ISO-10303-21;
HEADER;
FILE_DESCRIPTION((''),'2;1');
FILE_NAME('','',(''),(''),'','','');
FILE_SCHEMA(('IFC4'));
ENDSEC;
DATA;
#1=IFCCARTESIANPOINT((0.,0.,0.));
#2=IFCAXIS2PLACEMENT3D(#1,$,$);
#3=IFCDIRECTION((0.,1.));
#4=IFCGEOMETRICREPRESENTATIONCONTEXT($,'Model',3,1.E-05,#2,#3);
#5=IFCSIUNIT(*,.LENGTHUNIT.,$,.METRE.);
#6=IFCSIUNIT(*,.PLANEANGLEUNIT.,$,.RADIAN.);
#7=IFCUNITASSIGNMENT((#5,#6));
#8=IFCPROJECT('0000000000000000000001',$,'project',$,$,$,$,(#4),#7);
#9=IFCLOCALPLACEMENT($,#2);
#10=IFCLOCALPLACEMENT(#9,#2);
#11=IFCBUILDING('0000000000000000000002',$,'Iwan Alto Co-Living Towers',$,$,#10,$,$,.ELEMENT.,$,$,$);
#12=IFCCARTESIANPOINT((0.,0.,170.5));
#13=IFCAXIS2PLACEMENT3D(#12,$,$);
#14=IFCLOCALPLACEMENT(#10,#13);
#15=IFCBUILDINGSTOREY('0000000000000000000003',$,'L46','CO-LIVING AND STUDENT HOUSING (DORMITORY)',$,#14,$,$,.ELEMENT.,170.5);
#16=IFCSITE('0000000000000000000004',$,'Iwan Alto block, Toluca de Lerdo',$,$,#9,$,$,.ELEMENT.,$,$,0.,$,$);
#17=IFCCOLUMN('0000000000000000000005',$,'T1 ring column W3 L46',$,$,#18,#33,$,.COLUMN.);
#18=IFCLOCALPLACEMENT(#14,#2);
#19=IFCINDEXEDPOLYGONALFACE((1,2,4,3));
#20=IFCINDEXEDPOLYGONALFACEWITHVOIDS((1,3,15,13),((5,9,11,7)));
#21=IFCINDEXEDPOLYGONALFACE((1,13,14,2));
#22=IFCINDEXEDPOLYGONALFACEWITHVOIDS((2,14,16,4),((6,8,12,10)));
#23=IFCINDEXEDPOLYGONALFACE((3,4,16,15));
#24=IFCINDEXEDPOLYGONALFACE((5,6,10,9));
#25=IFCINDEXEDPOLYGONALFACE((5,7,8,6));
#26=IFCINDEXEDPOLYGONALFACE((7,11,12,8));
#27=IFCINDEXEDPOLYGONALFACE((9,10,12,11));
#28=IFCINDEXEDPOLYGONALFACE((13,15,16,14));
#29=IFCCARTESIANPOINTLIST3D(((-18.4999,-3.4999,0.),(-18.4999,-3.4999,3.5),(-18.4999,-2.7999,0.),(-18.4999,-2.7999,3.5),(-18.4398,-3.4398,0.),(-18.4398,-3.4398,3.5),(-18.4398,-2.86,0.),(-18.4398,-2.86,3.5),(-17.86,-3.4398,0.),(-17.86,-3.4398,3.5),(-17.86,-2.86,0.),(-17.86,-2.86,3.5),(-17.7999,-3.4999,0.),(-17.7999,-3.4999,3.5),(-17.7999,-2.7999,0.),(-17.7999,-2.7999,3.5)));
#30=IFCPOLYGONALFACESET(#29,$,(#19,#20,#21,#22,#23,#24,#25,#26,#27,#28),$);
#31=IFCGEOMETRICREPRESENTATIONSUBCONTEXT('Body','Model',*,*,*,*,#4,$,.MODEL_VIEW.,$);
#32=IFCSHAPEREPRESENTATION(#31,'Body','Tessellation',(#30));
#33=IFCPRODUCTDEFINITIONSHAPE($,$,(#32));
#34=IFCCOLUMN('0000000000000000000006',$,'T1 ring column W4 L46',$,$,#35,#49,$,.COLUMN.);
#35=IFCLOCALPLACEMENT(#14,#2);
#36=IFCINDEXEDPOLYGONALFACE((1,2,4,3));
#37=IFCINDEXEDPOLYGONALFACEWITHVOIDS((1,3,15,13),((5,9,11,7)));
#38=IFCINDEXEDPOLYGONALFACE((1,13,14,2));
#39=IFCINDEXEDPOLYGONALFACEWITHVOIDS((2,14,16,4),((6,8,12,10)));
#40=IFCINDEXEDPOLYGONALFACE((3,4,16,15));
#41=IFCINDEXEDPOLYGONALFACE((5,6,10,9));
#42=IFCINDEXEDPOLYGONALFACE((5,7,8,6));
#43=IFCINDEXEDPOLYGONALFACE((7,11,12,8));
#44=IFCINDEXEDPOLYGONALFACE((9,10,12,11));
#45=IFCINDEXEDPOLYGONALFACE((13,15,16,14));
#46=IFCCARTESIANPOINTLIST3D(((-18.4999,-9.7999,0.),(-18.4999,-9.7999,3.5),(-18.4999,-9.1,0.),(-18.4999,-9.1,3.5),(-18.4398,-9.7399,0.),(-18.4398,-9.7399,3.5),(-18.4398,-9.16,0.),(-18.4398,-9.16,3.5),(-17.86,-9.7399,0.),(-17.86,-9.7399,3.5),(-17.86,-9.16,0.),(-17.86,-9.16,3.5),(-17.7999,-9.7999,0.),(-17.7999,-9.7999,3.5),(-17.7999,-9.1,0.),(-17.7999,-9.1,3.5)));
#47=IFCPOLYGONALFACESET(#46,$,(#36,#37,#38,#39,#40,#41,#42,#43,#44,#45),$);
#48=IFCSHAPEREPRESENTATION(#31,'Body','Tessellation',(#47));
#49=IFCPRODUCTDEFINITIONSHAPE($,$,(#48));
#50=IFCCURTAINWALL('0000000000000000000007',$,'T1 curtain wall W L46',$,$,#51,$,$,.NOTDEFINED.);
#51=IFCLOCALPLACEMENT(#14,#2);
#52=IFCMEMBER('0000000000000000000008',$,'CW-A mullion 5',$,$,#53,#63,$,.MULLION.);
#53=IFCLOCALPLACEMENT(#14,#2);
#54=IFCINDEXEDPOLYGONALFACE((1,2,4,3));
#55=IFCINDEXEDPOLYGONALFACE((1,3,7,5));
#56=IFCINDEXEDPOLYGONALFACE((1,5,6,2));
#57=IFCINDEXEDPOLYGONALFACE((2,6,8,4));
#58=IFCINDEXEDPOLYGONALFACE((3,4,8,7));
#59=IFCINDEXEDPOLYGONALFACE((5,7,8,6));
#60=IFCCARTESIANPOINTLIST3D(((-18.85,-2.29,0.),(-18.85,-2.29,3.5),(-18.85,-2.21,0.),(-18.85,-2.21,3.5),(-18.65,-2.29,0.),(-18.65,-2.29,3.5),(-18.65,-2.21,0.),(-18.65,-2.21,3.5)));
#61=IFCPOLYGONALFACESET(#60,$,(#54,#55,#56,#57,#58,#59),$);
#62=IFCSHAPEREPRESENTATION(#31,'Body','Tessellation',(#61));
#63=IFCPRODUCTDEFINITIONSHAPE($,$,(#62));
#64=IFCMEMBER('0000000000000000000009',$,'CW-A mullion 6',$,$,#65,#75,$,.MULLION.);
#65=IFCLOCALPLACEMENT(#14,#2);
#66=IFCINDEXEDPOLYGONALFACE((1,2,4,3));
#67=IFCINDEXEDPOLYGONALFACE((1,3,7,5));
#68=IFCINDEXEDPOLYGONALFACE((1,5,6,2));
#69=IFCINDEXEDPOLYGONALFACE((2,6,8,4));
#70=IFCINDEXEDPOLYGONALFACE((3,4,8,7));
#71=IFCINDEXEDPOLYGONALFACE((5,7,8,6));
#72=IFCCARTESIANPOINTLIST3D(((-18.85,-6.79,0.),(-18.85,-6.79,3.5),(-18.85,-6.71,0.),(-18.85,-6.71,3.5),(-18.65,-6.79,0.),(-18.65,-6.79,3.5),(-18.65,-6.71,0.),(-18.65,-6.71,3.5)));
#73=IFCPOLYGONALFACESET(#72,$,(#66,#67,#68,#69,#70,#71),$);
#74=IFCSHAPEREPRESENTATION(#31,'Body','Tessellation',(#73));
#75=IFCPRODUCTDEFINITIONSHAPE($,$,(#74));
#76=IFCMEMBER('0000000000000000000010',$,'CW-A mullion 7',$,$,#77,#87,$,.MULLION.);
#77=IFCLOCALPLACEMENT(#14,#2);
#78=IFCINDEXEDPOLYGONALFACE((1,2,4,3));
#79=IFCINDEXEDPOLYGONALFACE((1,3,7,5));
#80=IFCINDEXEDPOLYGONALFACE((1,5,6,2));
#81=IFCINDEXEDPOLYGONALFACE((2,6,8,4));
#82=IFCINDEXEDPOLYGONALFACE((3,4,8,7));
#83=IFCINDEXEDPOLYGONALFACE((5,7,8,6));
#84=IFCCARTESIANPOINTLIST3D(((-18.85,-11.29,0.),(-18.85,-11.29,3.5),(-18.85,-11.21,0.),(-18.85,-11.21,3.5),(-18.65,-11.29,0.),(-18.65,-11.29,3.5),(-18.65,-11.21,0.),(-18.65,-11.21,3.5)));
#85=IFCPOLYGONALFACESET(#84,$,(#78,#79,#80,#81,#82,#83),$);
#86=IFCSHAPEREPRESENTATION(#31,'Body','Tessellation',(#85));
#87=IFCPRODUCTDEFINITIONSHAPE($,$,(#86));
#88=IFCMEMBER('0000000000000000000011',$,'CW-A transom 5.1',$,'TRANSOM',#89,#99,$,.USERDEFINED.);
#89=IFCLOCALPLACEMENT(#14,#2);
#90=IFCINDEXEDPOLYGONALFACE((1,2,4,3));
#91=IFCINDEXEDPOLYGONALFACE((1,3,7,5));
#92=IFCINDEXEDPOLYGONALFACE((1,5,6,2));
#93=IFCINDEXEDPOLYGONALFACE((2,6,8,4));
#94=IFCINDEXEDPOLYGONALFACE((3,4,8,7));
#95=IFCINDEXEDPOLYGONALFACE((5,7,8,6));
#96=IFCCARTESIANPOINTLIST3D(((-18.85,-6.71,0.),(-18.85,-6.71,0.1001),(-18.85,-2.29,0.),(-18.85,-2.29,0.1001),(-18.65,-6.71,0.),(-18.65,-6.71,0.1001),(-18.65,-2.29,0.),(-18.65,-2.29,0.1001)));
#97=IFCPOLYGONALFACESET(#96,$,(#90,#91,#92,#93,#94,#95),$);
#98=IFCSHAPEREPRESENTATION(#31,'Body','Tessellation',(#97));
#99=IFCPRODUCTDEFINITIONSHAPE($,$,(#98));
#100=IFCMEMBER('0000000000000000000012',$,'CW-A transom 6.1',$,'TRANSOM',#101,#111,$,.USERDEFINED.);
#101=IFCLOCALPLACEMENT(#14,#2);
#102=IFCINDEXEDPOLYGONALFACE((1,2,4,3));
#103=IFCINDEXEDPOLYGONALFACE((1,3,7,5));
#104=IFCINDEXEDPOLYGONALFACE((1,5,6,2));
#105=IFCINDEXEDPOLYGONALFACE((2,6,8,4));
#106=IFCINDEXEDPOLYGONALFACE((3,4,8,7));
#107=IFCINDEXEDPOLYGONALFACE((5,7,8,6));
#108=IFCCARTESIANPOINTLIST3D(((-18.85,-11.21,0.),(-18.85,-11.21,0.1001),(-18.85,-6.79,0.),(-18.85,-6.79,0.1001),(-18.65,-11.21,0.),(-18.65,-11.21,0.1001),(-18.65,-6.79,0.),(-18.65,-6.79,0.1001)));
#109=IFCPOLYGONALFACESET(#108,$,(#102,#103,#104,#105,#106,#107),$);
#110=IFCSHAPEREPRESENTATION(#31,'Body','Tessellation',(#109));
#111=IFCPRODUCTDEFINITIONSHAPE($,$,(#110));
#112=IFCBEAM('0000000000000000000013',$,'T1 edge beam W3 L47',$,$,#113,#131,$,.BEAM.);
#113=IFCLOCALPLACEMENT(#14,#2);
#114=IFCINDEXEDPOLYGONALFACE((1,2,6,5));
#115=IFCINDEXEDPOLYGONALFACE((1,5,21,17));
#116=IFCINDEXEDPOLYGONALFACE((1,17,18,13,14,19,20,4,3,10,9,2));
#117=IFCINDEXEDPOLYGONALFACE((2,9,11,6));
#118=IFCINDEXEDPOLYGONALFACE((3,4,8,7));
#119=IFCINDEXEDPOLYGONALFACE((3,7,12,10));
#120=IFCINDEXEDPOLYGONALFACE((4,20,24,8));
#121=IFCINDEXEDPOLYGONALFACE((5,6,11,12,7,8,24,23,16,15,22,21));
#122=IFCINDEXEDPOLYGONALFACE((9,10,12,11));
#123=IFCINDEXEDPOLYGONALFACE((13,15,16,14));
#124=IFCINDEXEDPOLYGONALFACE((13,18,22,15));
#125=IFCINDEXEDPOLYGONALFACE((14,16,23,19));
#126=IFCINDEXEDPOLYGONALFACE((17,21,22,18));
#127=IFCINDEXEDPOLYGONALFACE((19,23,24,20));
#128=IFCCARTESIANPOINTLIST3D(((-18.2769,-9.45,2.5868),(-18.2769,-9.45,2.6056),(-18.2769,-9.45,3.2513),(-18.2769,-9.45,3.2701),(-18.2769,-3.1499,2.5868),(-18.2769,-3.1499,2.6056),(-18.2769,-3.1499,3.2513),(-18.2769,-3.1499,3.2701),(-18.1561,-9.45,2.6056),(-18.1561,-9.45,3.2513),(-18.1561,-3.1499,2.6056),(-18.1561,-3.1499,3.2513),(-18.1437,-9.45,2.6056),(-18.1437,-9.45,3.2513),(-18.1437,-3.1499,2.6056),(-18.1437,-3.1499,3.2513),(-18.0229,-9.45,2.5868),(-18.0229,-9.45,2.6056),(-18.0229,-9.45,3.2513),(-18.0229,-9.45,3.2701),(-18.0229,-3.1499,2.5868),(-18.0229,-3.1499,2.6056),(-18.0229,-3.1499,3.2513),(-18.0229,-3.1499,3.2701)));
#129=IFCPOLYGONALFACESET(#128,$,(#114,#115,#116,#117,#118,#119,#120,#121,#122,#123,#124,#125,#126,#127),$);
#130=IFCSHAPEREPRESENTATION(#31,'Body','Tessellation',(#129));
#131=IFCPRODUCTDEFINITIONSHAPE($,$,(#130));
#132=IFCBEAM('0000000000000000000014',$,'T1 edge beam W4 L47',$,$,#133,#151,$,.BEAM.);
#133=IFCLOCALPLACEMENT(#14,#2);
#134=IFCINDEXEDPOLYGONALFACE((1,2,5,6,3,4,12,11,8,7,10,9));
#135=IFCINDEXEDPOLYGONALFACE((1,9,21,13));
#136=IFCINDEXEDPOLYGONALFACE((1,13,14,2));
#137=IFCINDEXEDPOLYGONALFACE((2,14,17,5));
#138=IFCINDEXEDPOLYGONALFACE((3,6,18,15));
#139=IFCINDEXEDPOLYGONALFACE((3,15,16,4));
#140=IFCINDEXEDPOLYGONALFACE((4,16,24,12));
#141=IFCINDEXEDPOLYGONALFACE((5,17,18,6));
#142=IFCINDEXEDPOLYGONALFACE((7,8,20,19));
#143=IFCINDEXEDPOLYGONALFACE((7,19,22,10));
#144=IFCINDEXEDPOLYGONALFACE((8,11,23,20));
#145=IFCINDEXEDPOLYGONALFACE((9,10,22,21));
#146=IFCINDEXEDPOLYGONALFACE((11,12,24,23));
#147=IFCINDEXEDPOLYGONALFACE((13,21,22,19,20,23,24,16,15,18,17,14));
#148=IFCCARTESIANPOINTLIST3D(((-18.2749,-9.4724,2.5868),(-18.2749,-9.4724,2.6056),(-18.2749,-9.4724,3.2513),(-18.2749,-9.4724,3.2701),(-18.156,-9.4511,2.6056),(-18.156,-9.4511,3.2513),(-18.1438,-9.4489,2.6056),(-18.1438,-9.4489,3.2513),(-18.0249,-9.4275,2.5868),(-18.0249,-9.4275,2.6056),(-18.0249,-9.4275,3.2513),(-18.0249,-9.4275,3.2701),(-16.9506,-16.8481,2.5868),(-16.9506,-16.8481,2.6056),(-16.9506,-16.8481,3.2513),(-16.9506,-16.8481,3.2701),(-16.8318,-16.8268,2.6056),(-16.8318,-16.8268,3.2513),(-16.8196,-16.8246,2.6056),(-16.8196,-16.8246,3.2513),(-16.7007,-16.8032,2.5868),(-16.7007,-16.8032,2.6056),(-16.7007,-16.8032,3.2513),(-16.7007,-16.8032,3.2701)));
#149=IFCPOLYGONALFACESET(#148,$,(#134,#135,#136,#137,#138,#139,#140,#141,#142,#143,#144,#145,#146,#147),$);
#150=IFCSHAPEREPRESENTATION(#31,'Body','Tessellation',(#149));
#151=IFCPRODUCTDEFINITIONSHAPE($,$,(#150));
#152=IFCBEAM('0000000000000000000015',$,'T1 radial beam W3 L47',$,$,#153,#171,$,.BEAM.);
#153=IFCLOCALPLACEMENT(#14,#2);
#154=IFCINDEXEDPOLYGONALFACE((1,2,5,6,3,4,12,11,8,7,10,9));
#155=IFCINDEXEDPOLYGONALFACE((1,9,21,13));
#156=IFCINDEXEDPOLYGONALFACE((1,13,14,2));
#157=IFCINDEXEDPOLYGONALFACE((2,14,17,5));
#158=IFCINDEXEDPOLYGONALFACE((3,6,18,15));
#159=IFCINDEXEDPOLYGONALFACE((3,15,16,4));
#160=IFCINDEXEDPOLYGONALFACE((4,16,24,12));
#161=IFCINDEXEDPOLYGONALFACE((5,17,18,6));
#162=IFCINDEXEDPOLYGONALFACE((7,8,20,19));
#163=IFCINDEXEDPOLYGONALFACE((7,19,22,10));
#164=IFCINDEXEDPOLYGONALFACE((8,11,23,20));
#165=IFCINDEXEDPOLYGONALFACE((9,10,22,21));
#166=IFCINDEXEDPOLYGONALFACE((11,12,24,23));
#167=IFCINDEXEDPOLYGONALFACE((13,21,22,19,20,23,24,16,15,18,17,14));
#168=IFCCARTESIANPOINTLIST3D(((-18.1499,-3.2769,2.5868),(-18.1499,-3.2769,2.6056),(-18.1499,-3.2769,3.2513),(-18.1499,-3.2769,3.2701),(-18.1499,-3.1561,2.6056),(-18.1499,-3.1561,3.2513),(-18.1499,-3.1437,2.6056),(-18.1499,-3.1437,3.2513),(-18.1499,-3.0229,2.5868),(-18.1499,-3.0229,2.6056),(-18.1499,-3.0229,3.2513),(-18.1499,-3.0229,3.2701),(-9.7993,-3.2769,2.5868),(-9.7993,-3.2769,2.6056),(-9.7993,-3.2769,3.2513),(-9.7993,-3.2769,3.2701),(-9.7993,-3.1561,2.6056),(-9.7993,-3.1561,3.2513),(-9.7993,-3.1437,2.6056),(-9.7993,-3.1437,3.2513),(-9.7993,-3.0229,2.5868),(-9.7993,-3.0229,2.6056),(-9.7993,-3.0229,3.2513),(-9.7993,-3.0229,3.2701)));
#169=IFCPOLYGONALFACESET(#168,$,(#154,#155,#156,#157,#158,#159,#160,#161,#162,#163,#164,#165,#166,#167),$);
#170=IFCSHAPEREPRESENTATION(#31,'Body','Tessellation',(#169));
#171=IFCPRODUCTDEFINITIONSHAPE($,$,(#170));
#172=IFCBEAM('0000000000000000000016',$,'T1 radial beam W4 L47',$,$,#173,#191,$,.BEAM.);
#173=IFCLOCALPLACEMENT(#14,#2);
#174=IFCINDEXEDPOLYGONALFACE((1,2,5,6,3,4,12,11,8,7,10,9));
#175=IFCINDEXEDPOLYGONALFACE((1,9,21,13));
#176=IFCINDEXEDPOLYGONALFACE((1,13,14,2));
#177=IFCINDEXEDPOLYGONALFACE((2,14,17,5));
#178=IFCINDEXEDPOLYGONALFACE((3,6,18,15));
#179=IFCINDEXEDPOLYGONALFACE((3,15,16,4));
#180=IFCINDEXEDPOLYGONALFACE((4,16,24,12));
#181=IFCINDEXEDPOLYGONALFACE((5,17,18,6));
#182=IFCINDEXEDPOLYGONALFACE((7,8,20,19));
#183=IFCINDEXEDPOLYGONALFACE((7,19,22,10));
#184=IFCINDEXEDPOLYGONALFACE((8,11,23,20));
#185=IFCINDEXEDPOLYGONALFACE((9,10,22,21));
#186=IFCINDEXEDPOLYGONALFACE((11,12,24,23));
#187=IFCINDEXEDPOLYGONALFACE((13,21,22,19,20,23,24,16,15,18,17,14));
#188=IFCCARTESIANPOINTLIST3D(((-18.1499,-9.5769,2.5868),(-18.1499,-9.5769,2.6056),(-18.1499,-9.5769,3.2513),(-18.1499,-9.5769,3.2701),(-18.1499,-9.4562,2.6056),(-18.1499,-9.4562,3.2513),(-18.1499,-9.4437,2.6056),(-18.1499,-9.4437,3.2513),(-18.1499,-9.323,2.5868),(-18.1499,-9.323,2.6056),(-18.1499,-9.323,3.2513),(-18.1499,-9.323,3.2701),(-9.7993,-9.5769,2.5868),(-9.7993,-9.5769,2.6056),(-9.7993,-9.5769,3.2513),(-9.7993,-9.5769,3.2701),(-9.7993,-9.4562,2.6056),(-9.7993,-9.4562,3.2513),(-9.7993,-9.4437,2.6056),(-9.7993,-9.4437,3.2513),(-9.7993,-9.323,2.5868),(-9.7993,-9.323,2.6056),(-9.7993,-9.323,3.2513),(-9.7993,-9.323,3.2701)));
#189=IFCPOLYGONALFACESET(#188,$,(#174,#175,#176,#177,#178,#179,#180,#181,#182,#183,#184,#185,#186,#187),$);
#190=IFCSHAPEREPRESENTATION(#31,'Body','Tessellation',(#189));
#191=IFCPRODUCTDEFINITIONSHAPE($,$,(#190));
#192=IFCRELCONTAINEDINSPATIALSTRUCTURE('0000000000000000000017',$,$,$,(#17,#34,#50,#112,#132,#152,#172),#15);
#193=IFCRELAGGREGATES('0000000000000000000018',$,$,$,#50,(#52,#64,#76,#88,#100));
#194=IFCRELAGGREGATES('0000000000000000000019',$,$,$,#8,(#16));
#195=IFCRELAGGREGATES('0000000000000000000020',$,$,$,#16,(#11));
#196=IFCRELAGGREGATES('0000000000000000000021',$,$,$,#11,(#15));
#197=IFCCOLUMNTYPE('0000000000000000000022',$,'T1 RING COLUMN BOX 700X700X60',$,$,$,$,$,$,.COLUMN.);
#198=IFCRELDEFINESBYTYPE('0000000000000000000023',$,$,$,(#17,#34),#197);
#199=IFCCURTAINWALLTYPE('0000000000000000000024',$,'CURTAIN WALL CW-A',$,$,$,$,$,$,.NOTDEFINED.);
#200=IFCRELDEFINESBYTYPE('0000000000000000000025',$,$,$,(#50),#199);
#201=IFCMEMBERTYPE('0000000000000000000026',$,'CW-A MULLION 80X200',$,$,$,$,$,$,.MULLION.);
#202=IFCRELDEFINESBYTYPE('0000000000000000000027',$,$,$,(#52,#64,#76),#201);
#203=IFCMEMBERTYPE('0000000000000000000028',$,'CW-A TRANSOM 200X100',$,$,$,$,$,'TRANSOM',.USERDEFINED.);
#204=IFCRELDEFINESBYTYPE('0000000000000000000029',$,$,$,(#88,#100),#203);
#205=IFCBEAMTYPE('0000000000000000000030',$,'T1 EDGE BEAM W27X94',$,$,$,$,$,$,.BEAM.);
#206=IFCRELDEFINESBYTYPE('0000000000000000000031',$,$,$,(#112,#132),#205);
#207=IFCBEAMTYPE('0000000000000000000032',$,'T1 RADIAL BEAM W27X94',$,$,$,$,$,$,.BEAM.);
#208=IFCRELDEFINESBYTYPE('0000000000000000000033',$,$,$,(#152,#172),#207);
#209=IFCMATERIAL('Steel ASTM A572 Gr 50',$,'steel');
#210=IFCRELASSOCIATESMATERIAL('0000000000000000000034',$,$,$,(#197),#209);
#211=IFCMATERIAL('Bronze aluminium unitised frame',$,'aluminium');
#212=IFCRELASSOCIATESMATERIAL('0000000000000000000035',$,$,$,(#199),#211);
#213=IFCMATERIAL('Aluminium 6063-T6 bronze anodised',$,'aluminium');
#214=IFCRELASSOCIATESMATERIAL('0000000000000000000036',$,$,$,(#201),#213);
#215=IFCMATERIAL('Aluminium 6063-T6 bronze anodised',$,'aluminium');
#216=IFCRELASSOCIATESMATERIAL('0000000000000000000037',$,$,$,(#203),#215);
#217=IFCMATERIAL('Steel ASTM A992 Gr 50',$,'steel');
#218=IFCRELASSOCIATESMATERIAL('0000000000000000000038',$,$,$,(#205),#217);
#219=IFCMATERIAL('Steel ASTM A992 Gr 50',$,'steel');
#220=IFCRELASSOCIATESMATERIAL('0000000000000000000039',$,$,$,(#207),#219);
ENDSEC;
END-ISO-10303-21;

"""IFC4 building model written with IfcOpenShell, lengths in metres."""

from ifc_helpers import new_model, si_unit, direction, frame, origin, origin_2d, place, context, subcontext, project, spatial, rectangle, hollow_rectangle, i_section, extrude, material, material_profile, profile_set, type_object, element, aggregate, save


model = new_model("IFC4")

# Units and contexts
model_context = context("Model", 3, precision=1e-05, world=origin(), true_north=direction((0.0, 1.0)))
body_context = subcontext(model_context, "Body", "Model", "MODEL_VIEW")
ifc_project = project(units=[si_unit("LENGTHUNIT", "METRE"), si_unit("PLANEANGLEUNIT", "RADIAN")], contexts=[model_context])

# Site, building, storey
site_placement = place(None, origin())
site = spatial("IfcSite", under=ifc_project, at=site_placement, Name="Iwan Alto block, Toluca de Lerdo", CompositionType="ELEMENT", RefElevation=0.0)
building_placement = place(site_placement, origin())
building = spatial("IfcBuilding", under=site, at=building_placement, Name="Iwan Alto Co-Living Towers", CompositionType="ELEMENT")
storey_placement = place(building_placement, frame((0.0, 0.0, 170.5)))
storey = spatial("IfcBuildingStorey", under=building, at=storey_placement, Name="L46", Description="CO-LIVING AND STUDENT HOUSING (DORMITORY)", CompositionType="ELEMENT", Elevation=170.5)

# Columns
ifc_material_1 = material(Name="Steel ASTM A572 Gr 50", Category="steel")
ifc_material_profile_1 = material_profile(ifc_material_1, hollow_rectangle(XDim=0.7, YDim=0.7, WallThickness=0.0601, at=origin_2d()), Name="BOX 700X700X60")
ifc_profile_set_1 = profile_set([ifc_material_profile_1], Name="Steel ASTM A572 Gr 50")
column_type = type_object("IfcColumnType", Name="T1 RING COLUMN BOX 700X700X60", PredefinedType="COLUMN", material=ifc_profile_set_1)
for number, where, z_axis, x_axis, name in (
    (1, (-18.1499, -3.1499, 0.0), (0.0, 0.0, 1.0), (1.0, 0.0, 0.0), "T1 ring column W3 L46"),
    (2, (-18.1499, -9.45, 0.0), (0.0, 0.0, 1.0), (1.0, 0.0, 0.0), "T1 ring column W4 L46"),
):
    element("IfcColumn", number, at=place(storey_placement, frame(where, z_axis=z_axis, x_axis=x_axis)), inside=storey, type_object=column_type, Name=name, PredefinedType="COLUMN", context=body_context, shape_type="SweptSolid", body=[
        extrude(hollow_rectangle(XDim=0.7, YDim=0.7, WallThickness=0.0601, at=origin_2d()), origin(), (0.0, 0.0, 1.0), 3.5),
    ])

# Curtain wall, members
ifc_material_2 = material(Name="Bronze aluminium unitised frame", Category="aluminium")
curtain_wall_type = type_object("IfcCurtainWallType", Name="CURTAIN WALL CW-A", PredefinedType="NOTDEFINED", material=ifc_material_2)
curtain_wall_placement = place(storey_placement, origin())
curtain_wall = element("IfcCurtainWall", 3, at=curtain_wall_placement, inside=storey, type_object=curtain_wall_type, Name="T1 curtain wall W L46", PredefinedType="NOTDEFINED")
ifc_material_3 = material(Name="Aluminium 6063-T6 bronze anodised", Category="aluminium")
ifc_material_profile_2 = material_profile(ifc_material_3, rectangle(XDim=0.2, YDim=0.0801, at=origin_2d()), Name="AL 80X200")
ifc_profile_set_2 = profile_set([ifc_material_profile_2], Name="Aluminium 6063-T6 bronze anodised")
member_type_1 = type_object("IfcMemberType", Name="CW-A MULLION 80X200", PredefinedType="MULLION", material=ifc_profile_set_2)
member_1_placement = place(storey_placement, frame((-18.75, -2.25, 0.0), z_axis=(0.0, 0.0, 1.0), x_axis=(1.0, 0.0, 0.0)))
member_1 = element("IfcMember", 4, at=member_1_placement, type_object=member_type_1, Name="CW-A mullion 5", PredefinedType="MULLION", context=body_context, shape_type="SweptSolid", body=[
    extrude(rectangle(XDim=0.2, YDim=0.0801, at=origin_2d()), origin(), (0.0, 0.0, 1.0), 3.5),
])
member_2_placement = place(storey_placement, frame((-18.75, -6.75, 0.0), z_axis=(0.0, 0.0, 1.0), x_axis=(1.0, 0.0, 0.0)))
member_2 = element("IfcMember", 5, at=member_2_placement, type_object=member_type_1, Name="CW-A mullion 6", PredefinedType="MULLION", context=body_context, shape_type="SweptSolid", body=[
    extrude(rectangle(XDim=0.2, YDim=0.0801, at=origin_2d()), origin(), (0.0, 0.0, 1.0), 3.5),
])
member_3_placement = place(storey_placement, frame((-18.75, -11.25, 0.0), z_axis=(0.0, 0.0, 1.0), x_axis=(1.0, 0.0, 0.0)))
member_3 = element("IfcMember", 6, at=member_3_placement, type_object=member_type_1, Name="CW-A mullion 7", PredefinedType="MULLION", context=body_context, shape_type="SweptSolid", body=[
    extrude(rectangle(XDim=0.2, YDim=0.0801, at=origin_2d()), origin(), (0.0, 0.0, 1.0), 3.5),
])
ifc_material_4 = material(Name="Aluminium 6063-T6 bronze anodised", Category="aluminium")
ifc_material_profile_3 = material_profile(ifc_material_4, rectangle(XDim=0.2, YDim=0.1001, at=origin_2d()), Name="AL 200X100")
ifc_profile_set_3 = profile_set([ifc_material_profile_3], Name="Aluminium 6063-T6 bronze anodised")
member_type_2 = type_object("IfcMemberType", Name="CW-A TRANSOM 200X100", ElementType="TRANSOM", PredefinedType="USERDEFINED", material=ifc_profile_set_3)
member_4_placement = place(storey_placement, frame((-18.75, -2.29, 0.05), z_axis=(0.0, -1.0, 0.0), x_axis=(1.0, 0.0, 0.0)))
member_4 = element("IfcMember", 7, at=member_4_placement, type_object=member_type_2, Name="CW-A transom 5.1", ObjectType="TRANSOM", PredefinedType="USERDEFINED", context=body_context, shape_type="SweptSolid", body=[
    extrude(rectangle(XDim=0.2, YDim=0.1001, at=origin_2d()), origin(), (0.0, 0.0, 1.0), 4.4199),
])
member_5_placement = place(storey_placement, frame((-18.75, -6.79, 0.05), z_axis=(0.0, -1.0, 0.0), x_axis=(1.0, 0.0, 0.0)))
member_5 = element("IfcMember", 8, at=member_5_placement, type_object=member_type_2, Name="CW-A transom 6.1", ObjectType="TRANSOM", PredefinedType="USERDEFINED", context=body_context, shape_type="SweptSolid", body=[
    extrude(rectangle(XDim=0.2, YDim=0.1001, at=origin_2d()), origin(), (0.0, 0.0, 1.0), 4.4199),
])

# Beams
ifc_material_5 = material(Name="Steel ASTM A992 Gr 50", Category="steel")
ifc_material_profile_4 = material_profile(ifc_material_5, i_section(OverallWidth=0.2539, OverallDepth=0.6833, WebThickness=0.0125, FlangeThickness=0.0188, at=origin_2d()), Name="W27X94")
ifc_profile_set_4 = profile_set([ifc_material_profile_4], Name="Steel ASTM A992 Gr 50")
beam_type_1 = type_object("IfcBeamType", Name="T1 EDGE BEAM W27X94", PredefinedType="BEAM", material=ifc_profile_set_4)
beam_1_placement = place(storey_placement, frame((-18.1499, -3.1499, 2.9285), z_axis=(0.0, -1.0, 0.0), x_axis=(1.0, 0.0, 0.0)))
element("IfcBeam", 9, at=beam_1_placement, inside=storey, type_object=beam_type_1, Name="T1 edge beam W3 L47", PredefinedType="BEAM", context=body_context, shape_type="SweptSolid", body=[
    extrude(i_section(OverallWidth=0.2539, OverallDepth=0.6833, WebThickness=0.0125, FlangeThickness=0.0188, at=origin_2d()), origin(), (0.0, 0.0, 1.0), 6.3),
])
beam_2_placement = place(storey_placement, frame((-18.1499, -9.45, 2.9285), z_axis=(0.176712, -0.984263, 0.0), x_axis=(0.984263, 0.176712, 0.0)))
element("IfcBeam", 10, at=beam_2_placement, inside=storey, type_object=beam_type_1, Name="T1 edge beam W4 L47", PredefinedType="BEAM", context=body_context, shape_type="SweptSolid", body=[
    extrude(i_section(OverallWidth=0.2539, OverallDepth=0.6833, WebThickness=0.0125, FlangeThickness=0.0188, at=origin_2d()), origin(), (0.0, 0.0, 1.0), 7.4937),
])
ifc_material_6 = material(Name="Steel ASTM A992 Gr 50", Category="steel")
ifc_material_profile_5 = material_profile(ifc_material_6, i_section(OverallWidth=0.2539, OverallDepth=0.6833, WebThickness=0.0125, FlangeThickness=0.0188, at=origin_2d()), Name="W27X94")
ifc_profile_set_5 = profile_set([ifc_material_profile_5], Name="Steel ASTM A992 Gr 50")
beam_type_2 = type_object("IfcBeamType", Name="T1 RADIAL BEAM W27X94", PredefinedType="BEAM", material=ifc_profile_set_5)
for number, where, z_axis, x_axis, name in (
    (11, (-18.1499, -3.1499, 2.9285), (1.0, 0.0, 0.0), (0.0, 1.0, 0.0), "T1 radial beam W3 L47"),
    (12, (-18.1499, -9.45, 2.9285), (1.0, 0.0, 0.0), (0.0, 1.0, 0.0), "T1 radial beam W4 L47"),
):
    element("IfcBeam", number, at=place(storey_placement, frame(where, z_axis=z_axis, x_axis=x_axis)), inside=storey, type_object=beam_type_2, Name=name, PredefinedType="BEAM", context=body_context, shape_type="SweptSolid", body=[
        extrude(i_section(OverallWidth=0.2539, OverallDepth=0.6833, WebThickness=0.0125, FlangeThickness=0.0188, at=origin_2d()), origin(), (0.0, 0.0, 1.0), 8.3506),
    ])

aggregate(curtain_wall, [member_1, member_2, member_3, member_4, member_5])

save(model, "model.ifc")
